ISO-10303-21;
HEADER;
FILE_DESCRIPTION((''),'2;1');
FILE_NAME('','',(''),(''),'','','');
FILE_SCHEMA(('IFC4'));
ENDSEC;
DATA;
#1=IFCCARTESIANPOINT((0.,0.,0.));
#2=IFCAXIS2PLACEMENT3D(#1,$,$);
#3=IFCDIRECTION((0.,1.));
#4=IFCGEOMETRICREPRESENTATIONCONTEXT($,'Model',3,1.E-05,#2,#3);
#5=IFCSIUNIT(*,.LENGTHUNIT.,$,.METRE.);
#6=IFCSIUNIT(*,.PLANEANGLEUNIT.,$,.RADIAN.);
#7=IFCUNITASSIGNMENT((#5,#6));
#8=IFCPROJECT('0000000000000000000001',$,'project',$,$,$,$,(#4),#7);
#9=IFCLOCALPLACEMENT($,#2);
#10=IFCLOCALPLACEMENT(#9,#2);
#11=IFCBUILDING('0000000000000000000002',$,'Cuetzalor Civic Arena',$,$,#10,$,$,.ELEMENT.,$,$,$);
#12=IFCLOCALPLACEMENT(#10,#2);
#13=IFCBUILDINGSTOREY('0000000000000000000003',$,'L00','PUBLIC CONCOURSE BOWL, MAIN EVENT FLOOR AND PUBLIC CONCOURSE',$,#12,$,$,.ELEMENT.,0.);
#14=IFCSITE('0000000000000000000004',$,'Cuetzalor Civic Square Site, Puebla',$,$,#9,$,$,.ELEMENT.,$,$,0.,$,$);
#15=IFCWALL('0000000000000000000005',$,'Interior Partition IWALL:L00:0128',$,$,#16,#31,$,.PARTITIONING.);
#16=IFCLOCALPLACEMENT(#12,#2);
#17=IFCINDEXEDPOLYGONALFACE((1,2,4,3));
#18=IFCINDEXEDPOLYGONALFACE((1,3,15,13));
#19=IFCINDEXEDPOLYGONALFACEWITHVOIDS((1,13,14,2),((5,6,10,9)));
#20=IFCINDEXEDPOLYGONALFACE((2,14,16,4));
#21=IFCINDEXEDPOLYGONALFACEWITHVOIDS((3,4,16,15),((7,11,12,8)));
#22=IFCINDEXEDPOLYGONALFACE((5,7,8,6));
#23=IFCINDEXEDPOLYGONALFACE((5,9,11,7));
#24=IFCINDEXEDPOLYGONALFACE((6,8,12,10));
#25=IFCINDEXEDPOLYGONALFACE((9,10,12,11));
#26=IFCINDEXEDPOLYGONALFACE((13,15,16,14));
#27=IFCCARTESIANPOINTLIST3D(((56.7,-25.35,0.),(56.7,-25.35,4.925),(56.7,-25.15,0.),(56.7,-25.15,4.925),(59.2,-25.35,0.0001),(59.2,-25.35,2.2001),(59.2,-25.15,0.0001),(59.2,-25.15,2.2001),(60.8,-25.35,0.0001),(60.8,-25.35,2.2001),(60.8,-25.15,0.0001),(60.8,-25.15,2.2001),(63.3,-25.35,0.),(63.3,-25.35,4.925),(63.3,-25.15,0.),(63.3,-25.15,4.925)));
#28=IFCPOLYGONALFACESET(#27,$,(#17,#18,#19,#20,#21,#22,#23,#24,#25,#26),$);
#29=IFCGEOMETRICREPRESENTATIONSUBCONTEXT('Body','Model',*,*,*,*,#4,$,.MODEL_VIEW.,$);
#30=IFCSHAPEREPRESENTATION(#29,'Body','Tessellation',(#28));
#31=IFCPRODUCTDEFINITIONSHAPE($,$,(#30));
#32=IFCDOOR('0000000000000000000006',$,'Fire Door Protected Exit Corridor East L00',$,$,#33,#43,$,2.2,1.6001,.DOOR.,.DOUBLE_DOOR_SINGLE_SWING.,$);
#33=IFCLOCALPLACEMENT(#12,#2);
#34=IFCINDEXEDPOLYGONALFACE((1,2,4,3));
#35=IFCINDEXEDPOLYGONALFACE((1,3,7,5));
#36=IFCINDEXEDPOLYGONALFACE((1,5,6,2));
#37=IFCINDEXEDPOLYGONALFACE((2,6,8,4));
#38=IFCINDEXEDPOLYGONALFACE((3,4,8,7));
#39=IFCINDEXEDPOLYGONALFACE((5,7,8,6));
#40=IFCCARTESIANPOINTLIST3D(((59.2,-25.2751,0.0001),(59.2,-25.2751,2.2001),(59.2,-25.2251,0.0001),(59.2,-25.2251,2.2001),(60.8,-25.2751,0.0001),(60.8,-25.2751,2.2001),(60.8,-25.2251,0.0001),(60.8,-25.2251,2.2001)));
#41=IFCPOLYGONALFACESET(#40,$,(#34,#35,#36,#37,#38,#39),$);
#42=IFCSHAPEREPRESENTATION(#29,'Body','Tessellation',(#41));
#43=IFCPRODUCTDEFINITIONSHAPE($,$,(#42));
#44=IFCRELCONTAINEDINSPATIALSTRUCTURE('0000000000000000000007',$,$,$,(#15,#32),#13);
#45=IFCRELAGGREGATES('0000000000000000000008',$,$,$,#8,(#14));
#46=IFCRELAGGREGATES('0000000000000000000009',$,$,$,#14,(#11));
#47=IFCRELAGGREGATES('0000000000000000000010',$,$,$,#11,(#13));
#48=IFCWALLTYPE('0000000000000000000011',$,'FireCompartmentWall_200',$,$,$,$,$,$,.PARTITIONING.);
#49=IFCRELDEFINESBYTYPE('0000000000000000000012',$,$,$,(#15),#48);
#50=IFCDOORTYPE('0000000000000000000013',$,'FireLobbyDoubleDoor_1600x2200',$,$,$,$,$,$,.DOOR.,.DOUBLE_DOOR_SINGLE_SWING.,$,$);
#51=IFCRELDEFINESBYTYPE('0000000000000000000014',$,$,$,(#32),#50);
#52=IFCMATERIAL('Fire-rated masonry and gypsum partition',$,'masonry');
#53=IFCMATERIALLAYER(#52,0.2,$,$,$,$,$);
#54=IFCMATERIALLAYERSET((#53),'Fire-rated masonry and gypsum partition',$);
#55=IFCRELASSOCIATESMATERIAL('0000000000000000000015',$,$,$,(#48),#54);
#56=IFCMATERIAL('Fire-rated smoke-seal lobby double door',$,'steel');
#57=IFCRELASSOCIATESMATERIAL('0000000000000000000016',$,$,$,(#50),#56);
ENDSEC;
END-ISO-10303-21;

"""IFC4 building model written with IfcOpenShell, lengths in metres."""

from ifc_helpers import new_model, si_unit, direction, frame, frame_2d, origin, place, context, subcontext, project, spatial, rectangle, extrude, material, layer, layer_set, type_object, element, fill, save


model = new_model("IFC4")

# Units and contexts
model_context = context("Model", 3, precision=1e-05, world=origin(), true_north=direction((0.0, 1.0)))
body_context = subcontext(model_context, "Body", "Model", "MODEL_VIEW")
ifc_project = project(units=[si_unit("LENGTHUNIT", "METRE"), si_unit("PLANEANGLEUNIT", "RADIAN")], contexts=[model_context])

# Site, building, storey
site_placement = place(None, origin())
site = spatial("IfcSite", under=ifc_project, at=site_placement, Name="Cuetzalor Civic Square Site, Puebla", CompositionType="ELEMENT", RefElevation=0.0)
building_placement = place(site_placement, origin())
building = spatial("IfcBuilding", under=site, at=building_placement, Name="Cuetzalor Civic Arena", CompositionType="ELEMENT")
storey_placement = place(building_placement, origin())
storey = spatial("IfcBuildingStorey", under=building, at=storey_placement, Name="L00", Description="PUBLIC CONCOURSE BOWL, MAIN EVENT FLOOR AND PUBLIC CONCOURSE", CompositionType="ELEMENT", Elevation=0.0)

# Wall, opening, door
ifc_material_1 = material(Name="Fire-rated masonry and gypsum partition", Category="masonry")
ifc_layer_1 = layer(ifc_material_1, 0.2)
ifc_layer_set_1 = layer_set([ifc_layer_1], Name="Fire-rated masonry and gypsum partition")
wall_type_1 = type_object("IfcWallType", Name="FireCompartmentWall_200", PredefinedType="PARTITIONING", material=ifc_layer_set_1)
wall_1_placement = place(storey_placement, frame((56.7, -25.25, 0.0), z_axis=(0.0, 0.0, 1.0), x_axis=(1.0, 0.0, 0.0)))
wall_1 = element("IfcWall", 1, at=wall_1_placement, inside=storey, type_object=wall_type_1, Name="Interior Partition IWALL:L00:0128", PredefinedType="PARTITIONING", context=body_context, shape_type="SweptSolid", body=[
    extrude(rectangle(XDim=6.6001, YDim=0.2, at=frame_2d((3.3, 0.0))), origin(), (0.0, 0.0, 1.0), 4.925),
])
opening_1_placement = place(wall_1_placement, frame((2.5, 0.0, 0.0)))
opening_1 = element("IfcOpeningElement", 2, at=opening_1_placement, cuts=wall_1, PredefinedType="OPENING", context=body_context, shape_type="SweptSolid", body=[
    extrude(rectangle(XDim=1.6001, YDim=2.2, at=frame_2d((0.8, 1.1001))), frame((0.0, 0.1099, 0.0), z_axis=(0.0, -1.0, 0.0), x_axis=(1.0, 0.0, 0.0)), (0.0, 0.0, 1.0), 0.22),
])
ifc_material_2 = material(Name="Fire-rated smoke-seal lobby double door", Category="steel")
door_type_1 = type_object("IfcDoorType", Name="FireLobbyDoubleDoor_1600x2200", OperationType="DOUBLE_DOOR_SINGLE_SWING", PredefinedType="DOOR", material=ifc_material_2)
door_1_placement = place(opening_1_placement, origin())
door_1 = element("IfcDoor", 3, at=door_1_placement, inside=storey, type_object=door_type_1, Name="Fire Door Protected Exit Corridor East L00", OperationType="DOUBLE_DOOR_SINGLE_SWING", OverallHeight=2.2, OverallWidth=1.6001, PredefinedType="DOOR", context=body_context, shape_type="SweptSolid", body=[
    extrude(rectangle(XDim=1.6001, YDim=2.2, at=frame_2d((0.8, 1.1001))), frame((0.0, 0.0249, 0.0), z_axis=(0.0, -1.0, 0.0), x_axis=(1.0, 0.0, 0.0)), (0.0, 0.0, 1.0), 0.05),
])
fill(opening_1, door_1)

save(model, "model.ifc")
